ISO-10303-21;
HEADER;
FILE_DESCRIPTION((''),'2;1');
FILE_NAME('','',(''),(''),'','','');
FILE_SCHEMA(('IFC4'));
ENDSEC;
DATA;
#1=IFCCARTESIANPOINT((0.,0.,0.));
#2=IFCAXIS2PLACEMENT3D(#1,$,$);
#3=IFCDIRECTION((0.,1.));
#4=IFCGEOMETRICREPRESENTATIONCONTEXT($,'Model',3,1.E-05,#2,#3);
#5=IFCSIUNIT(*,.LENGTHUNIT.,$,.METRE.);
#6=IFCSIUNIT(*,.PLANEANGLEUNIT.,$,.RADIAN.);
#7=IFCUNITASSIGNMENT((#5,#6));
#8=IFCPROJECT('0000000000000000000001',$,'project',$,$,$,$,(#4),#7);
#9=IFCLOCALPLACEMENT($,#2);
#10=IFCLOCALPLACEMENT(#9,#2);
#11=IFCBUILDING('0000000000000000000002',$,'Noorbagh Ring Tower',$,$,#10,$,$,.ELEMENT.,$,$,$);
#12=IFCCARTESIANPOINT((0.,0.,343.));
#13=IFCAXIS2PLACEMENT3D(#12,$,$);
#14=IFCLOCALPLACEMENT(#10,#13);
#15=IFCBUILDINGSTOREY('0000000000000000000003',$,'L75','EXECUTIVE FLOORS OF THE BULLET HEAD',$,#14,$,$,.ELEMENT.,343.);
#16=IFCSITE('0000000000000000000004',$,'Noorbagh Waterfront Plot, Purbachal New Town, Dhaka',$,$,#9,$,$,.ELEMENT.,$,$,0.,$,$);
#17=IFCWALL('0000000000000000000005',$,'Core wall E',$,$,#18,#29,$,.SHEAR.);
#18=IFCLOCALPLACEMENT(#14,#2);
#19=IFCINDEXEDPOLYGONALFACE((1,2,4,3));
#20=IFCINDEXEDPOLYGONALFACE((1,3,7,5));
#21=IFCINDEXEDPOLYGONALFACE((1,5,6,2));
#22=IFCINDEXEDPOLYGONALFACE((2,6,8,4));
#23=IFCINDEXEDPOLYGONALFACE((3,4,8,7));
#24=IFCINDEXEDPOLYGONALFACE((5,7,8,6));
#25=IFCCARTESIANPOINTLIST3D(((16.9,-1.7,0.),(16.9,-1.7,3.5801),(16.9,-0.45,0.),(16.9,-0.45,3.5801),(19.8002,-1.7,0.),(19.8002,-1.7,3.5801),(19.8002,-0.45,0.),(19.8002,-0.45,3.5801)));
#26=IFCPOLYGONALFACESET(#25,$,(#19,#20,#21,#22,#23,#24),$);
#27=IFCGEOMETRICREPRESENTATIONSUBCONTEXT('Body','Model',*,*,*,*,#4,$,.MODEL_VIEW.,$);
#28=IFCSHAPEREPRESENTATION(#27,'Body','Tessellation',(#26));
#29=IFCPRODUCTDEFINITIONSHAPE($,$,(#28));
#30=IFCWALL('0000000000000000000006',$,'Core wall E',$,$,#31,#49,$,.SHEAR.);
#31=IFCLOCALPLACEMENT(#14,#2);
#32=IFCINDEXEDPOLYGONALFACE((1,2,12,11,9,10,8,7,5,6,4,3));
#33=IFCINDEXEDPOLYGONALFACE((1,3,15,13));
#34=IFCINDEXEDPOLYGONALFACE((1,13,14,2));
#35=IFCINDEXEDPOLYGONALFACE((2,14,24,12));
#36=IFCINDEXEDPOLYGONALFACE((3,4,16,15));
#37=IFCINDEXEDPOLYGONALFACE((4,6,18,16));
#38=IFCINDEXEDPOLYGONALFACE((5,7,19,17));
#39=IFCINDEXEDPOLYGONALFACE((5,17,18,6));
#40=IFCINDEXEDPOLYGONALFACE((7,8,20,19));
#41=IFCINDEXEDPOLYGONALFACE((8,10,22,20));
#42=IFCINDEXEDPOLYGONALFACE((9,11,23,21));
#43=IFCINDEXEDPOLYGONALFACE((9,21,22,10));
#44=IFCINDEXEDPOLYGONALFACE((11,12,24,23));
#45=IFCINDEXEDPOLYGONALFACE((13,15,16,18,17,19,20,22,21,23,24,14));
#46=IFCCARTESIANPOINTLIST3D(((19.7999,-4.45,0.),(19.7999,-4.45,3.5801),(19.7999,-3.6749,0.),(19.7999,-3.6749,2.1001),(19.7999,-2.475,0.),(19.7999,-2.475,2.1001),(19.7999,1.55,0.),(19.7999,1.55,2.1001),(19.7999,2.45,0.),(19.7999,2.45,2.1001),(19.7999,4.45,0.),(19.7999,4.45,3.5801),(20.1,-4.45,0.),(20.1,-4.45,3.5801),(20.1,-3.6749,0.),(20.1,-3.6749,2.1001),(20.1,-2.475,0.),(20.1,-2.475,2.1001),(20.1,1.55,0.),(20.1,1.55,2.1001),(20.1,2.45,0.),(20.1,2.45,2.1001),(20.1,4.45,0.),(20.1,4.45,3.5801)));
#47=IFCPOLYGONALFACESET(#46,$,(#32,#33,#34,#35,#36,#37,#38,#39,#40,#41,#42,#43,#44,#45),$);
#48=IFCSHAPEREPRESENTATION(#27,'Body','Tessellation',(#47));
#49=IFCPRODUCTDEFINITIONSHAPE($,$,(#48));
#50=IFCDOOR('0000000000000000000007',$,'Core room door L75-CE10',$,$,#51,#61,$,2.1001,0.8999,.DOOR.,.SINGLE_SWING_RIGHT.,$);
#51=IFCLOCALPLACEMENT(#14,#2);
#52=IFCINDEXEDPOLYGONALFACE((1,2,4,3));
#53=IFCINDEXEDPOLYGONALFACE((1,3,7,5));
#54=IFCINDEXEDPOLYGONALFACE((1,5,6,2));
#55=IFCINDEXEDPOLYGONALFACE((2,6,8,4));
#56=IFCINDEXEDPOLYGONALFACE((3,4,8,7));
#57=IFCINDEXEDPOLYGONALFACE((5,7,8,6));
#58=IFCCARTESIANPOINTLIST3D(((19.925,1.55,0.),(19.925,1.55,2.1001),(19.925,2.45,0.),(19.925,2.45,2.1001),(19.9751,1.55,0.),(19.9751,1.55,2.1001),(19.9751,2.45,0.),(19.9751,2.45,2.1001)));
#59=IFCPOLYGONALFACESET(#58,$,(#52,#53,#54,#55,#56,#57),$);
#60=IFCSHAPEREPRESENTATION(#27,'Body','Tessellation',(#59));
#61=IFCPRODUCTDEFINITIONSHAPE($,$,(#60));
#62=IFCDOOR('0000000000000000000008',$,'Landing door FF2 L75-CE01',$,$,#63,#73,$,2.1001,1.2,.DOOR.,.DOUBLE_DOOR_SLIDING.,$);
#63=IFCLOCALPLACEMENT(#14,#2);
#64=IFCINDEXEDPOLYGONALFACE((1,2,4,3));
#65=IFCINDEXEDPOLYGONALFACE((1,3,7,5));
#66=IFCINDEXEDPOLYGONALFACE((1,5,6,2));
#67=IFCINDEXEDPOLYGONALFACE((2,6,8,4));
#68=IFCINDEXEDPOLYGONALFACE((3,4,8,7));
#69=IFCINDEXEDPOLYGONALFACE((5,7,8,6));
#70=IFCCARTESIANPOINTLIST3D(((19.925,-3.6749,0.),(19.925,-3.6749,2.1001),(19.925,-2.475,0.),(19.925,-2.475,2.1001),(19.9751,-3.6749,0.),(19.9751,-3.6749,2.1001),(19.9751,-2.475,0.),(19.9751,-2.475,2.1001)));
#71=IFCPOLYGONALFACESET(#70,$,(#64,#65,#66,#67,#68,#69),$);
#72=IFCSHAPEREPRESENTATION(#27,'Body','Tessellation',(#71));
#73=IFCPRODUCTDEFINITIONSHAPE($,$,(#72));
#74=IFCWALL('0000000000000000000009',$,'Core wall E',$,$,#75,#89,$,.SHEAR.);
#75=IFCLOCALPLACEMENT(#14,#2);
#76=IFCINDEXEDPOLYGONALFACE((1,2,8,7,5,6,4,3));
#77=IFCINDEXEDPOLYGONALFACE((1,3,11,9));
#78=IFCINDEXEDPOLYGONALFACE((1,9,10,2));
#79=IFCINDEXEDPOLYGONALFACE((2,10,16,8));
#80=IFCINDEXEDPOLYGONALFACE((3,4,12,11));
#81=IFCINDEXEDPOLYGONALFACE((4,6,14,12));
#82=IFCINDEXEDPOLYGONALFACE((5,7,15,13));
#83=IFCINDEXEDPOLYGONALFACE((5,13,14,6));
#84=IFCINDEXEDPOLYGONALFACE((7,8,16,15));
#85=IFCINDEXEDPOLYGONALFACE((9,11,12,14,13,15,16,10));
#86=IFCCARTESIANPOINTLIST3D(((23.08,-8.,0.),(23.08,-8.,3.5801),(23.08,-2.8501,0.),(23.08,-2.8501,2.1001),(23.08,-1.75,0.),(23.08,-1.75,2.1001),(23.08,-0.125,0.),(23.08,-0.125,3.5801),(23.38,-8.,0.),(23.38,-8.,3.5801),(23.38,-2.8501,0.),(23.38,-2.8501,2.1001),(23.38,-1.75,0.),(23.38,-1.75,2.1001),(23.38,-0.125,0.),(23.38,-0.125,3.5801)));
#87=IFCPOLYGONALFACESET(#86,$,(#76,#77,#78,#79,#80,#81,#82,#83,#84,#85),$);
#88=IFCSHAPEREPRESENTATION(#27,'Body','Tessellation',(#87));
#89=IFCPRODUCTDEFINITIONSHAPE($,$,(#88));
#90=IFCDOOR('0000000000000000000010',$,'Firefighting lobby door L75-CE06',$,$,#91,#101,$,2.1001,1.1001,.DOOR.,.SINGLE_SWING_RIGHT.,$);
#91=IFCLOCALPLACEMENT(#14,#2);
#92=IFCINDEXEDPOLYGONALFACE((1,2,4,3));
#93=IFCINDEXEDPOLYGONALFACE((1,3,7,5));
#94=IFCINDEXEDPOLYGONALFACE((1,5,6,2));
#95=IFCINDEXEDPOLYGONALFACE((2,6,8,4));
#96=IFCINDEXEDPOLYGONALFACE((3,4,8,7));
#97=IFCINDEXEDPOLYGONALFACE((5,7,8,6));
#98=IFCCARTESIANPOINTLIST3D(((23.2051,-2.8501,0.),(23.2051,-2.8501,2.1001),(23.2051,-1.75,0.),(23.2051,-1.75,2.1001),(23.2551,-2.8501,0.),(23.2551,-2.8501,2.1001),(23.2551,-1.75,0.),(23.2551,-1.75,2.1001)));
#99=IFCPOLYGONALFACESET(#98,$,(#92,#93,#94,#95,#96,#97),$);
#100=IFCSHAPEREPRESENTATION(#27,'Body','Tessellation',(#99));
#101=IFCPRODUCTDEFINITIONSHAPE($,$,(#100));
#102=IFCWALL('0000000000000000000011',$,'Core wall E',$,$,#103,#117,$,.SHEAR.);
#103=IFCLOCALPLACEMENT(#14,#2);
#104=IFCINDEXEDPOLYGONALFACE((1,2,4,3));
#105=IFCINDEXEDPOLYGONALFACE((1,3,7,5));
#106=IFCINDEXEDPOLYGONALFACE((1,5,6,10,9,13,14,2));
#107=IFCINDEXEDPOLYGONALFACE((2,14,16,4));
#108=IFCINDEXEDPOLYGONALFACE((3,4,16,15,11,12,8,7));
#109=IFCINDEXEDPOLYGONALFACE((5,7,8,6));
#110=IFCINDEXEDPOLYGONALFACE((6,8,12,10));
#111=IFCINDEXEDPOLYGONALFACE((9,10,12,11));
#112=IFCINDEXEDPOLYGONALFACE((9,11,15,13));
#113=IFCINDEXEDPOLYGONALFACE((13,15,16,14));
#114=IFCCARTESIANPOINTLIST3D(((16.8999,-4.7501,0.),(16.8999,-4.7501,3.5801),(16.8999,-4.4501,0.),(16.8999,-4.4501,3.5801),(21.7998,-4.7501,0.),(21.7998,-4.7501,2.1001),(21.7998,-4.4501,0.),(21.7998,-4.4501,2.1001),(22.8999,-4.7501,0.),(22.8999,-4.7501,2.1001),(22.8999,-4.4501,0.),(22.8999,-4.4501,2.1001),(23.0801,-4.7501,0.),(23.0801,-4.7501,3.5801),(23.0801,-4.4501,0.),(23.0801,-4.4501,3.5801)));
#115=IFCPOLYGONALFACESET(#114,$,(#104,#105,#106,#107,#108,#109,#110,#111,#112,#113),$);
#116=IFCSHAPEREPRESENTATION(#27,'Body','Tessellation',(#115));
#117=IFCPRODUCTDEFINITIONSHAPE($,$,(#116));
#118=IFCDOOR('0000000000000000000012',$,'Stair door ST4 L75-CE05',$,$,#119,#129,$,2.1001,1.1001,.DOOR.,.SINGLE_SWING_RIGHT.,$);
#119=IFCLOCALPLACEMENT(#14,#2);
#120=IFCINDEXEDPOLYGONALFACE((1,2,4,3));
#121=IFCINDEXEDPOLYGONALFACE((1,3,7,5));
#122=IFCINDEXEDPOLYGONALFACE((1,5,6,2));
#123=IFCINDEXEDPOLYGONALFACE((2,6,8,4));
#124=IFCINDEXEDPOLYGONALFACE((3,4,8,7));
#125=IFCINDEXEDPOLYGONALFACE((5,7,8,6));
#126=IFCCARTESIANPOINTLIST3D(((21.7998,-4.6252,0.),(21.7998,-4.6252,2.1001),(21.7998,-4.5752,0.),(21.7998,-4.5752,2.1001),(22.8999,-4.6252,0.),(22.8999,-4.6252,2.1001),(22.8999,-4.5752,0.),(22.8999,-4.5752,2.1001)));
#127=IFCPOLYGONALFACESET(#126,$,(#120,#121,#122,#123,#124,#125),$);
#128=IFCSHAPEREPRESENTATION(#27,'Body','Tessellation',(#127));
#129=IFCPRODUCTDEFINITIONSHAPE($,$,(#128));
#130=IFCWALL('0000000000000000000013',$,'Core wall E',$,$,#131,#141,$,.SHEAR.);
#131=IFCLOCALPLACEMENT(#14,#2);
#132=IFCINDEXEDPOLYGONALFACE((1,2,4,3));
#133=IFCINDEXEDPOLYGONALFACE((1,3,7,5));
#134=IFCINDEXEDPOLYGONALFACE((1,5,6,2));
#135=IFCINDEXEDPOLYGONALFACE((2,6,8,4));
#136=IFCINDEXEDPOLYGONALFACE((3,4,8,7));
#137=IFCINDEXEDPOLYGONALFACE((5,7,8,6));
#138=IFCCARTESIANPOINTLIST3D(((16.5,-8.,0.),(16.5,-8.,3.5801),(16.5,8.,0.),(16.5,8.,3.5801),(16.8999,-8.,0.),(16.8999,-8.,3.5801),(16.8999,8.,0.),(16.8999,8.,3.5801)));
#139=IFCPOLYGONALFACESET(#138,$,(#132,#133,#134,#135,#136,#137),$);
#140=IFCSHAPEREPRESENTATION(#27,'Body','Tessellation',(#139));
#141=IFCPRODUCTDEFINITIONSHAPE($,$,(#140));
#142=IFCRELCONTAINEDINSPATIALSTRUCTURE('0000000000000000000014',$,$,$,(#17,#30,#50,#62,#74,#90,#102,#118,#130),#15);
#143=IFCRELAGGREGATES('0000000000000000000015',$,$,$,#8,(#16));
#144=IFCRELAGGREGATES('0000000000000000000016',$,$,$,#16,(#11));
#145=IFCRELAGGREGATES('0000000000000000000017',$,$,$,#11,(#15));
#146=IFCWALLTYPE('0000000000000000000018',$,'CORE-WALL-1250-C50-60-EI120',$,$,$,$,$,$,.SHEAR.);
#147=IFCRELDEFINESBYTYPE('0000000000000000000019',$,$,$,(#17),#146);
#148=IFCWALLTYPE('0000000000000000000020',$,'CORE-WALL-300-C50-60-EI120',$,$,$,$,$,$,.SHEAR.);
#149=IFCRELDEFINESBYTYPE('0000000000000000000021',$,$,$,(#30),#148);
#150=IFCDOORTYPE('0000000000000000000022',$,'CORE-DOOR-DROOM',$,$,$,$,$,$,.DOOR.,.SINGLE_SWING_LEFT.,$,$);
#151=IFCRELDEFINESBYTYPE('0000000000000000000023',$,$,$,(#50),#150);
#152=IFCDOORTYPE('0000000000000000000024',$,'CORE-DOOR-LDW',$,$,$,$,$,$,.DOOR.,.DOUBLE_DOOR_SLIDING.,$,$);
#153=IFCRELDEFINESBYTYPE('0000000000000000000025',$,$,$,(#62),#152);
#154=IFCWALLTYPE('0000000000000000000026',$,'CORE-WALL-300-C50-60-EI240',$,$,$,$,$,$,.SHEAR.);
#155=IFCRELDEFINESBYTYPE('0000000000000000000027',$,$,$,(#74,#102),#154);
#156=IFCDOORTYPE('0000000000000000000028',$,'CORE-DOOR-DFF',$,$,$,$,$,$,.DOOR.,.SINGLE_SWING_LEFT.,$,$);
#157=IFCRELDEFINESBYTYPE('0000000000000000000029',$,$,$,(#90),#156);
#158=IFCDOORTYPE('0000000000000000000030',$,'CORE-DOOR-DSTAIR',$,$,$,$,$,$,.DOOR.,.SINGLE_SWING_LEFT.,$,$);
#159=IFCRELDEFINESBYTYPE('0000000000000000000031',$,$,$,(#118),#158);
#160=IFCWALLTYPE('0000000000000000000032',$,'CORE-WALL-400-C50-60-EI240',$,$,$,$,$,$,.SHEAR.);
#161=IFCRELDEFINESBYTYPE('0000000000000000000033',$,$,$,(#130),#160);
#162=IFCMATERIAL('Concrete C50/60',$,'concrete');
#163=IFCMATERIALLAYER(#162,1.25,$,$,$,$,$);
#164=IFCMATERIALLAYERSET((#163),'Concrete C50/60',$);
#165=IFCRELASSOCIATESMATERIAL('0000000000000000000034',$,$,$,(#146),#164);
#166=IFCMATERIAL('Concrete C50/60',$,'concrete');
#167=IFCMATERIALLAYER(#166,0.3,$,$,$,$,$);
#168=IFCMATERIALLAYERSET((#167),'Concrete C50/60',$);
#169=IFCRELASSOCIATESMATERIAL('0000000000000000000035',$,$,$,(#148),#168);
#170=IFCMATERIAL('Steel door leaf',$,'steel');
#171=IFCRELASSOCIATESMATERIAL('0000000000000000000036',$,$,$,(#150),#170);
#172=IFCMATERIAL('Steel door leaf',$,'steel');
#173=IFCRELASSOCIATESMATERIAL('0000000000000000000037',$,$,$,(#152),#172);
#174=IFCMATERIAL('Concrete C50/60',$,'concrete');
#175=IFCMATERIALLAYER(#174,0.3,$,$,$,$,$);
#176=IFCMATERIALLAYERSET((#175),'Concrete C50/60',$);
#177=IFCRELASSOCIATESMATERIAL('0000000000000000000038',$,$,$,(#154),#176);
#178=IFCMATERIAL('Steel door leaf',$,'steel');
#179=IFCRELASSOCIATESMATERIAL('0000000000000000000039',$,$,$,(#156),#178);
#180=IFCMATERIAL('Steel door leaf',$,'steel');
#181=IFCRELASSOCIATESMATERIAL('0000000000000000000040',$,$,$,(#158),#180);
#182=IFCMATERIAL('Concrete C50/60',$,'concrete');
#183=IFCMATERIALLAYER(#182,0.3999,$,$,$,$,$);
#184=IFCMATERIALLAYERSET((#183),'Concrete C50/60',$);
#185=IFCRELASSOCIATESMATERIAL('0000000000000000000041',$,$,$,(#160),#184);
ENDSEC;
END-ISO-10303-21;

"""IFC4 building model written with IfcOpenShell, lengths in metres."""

from ifc_helpers import new_model, si_unit, direction, frame, frame_2d, origin, place, context, subcontext, project, spatial, rectangle, extrude, material, layer, layer_set, type_object, element, fill, save


model = new_model("IFC4")

# Units and contexts
model_context = context("Model", 3, precision=1e-05, world=origin(), true_north=direction((0.0, 1.0)))
body_context = subcontext(model_context, "Body", "Model", "MODEL_VIEW")
ifc_project = project(units=[si_unit("LENGTHUNIT", "METRE"), si_unit("PLANEANGLEUNIT", "RADIAN")], contexts=[model_context])

# Site, building, storey
site_placement = place(None, origin())
site = spatial("IfcSite", under=ifc_project, at=site_placement, Name="Noorbagh Waterfront Plot, Purbachal New Town, Dhaka", CompositionType="ELEMENT", RefElevation=0.0)
building_placement = place(site_placement, origin())
building = spatial("IfcBuilding", under=site, at=building_placement, Name="Noorbagh Ring Tower", CompositionType="ELEMENT")
storey_placement = place(building_placement, frame((0.0, 0.0, 343.0)))
storey = spatial("IfcBuildingStorey", under=building, at=storey_placement, Name="L75", Description="EXECUTIVE FLOORS OF THE BULLET HEAD", CompositionType="ELEMENT", Elevation=343.0)

# Wall
ifc_material_1 = material(Name="Concrete C50/60", Category="concrete")
ifc_layer_1 = layer(ifc_material_1, 1.25)
ifc_layer_set_1 = layer_set([ifc_layer_1], Name="Concrete C50/60")
wall_type_1 = type_object("IfcWallType", Name="CORE-WALL-1250-C50-60-EI120", PredefinedType="SHEAR", material=ifc_layer_set_1)
wall_1_placement = place(storey_placement, frame((16.8999, -1.075, 0.0), z_axis=(0.0, 0.0, 1.0), x_axis=(1.0, 0.0, 0.0)))
element("IfcWall", 1, at=wall_1_placement, inside=storey, type_object=wall_type_1, Name="Core wall E", PredefinedType="SHEAR", context=body_context, shape_type="SweptSolid", body=[
    extrude(rectangle(XDim=2.9001, YDim=1.25, at=frame_2d((1.4502, 0.0))), origin(), (0.0, 0.0, 1.0), 3.5801),
])

# Wall, openings, doors
ifc_material_2 = material(Name="Concrete C50/60", Category="concrete")
ifc_layer_2 = layer(ifc_material_2, 0.3)
ifc_layer_set_2 = layer_set([ifc_layer_2], Name="Concrete C50/60")
wall_type_2 = type_object("IfcWallType", Name="CORE-WALL-300-C50-60-EI120", PredefinedType="SHEAR", material=ifc_layer_set_2)
wall_2_placement = place(storey_placement, frame((19.95, -4.45, 0.0), z_axis=(0.0, 0.0, 1.0), x_axis=(0.0, 1.0, 0.0)))
wall_2 = element("IfcWall", 2, at=wall_2_placement, inside=storey, type_object=wall_type_2, Name="Core wall E", PredefinedType="SHEAR", context=body_context, shape_type="SweptSolid", body=[
    extrude(rectangle(XDim=8.8999, YDim=0.3, at=frame_2d((4.45, 0.0))), origin(), (0.0, 0.0, 1.0), 3.5801),
])
opening_1_placement = place(wall_2_placement, frame((0.7749, 0.0, 0.0)))
opening_1 = element("IfcOpeningElement", 3, at=opening_1_placement, cuts=wall_2, PredefinedType="OPENING", context=body_context, shape_type="SweptSolid", body=[
    extrude(rectangle(XDim=1.2, YDim=2.1001, at=frame_2d((0.6001, 1.05))), frame((0.0, 0.1602, 0.0), z_axis=(0.0, -1.0, 0.0), x_axis=(1.0, 0.0, 0.0)), (0.0, 0.0, 1.0), 0.3201),
])
opening_2_placement = place(wall_2_placement, frame((6.0, 0.0, 0.0)))
opening_2 = element("IfcOpeningElement", 4, at=opening_2_placement, cuts=wall_2, PredefinedType="OPENING", context=body_context, shape_type="SweptSolid", body=[
    extrude(rectangle(XDim=0.8999, YDim=2.1001, at=frame_2d((0.45, 1.05))), frame((0.0, 0.1602, 0.0), z_axis=(0.0, -1.0, 0.0), x_axis=(1.0, 0.0, 0.0)), (0.0, 0.0, 1.0), 0.3201),
])
ifc_material_3 = material(Name="Steel door leaf", Category="steel")
door_type_1 = type_object("IfcDoorType", Name="CORE-DOOR-DROOM", OperationType="SINGLE_SWING_LEFT", PredefinedType="DOOR", material=ifc_material_3)
door_1_placement = place(opening_2_placement, origin())
door_1 = element("IfcDoor", 5, at=door_1_placement, inside=storey, type_object=door_type_1, Name="Core room door L75-CE10", OperationType="SINGLE_SWING_RIGHT", OverallHeight=2.1001, OverallWidth=0.8999, PredefinedType="DOOR", context=body_context, shape_type="SweptSolid", body=[
    extrude(rectangle(XDim=0.8999, YDim=2.1001, at=frame_2d((0.45, 1.05))), frame((0.0, 0.0249, 0.0), z_axis=(0.0, -1.0, 0.0), x_axis=(1.0, 0.0, 0.0)), (0.0, 0.0, 1.0), 0.05),
])
fill(opening_2, door_1)
ifc_material_4 = material(Name="Steel door leaf", Category="steel")
door_type_2 = type_object("IfcDoorType", Name="CORE-DOOR-LDW", OperationType="DOUBLE_DOOR_SLIDING", PredefinedType="DOOR", material=ifc_material_4)
door_2_placement = place(opening_1_placement, origin())
door_2 = element("IfcDoor", 6, at=door_2_placement, inside=storey, type_object=door_type_2, Name="Landing door FF2 L75-CE01", OperationType="DOUBLE_DOOR_SLIDING", OverallHeight=2.1001, OverallWidth=1.2, PredefinedType="DOOR", context=body_context, shape_type="SweptSolid", body=[
    extrude(rectangle(XDim=1.2, YDim=2.1001, at=frame_2d((0.6001, 1.05))), frame((0.0, 0.0249, 0.0), z_axis=(0.0, -1.0, 0.0), x_axis=(1.0, 0.0, 0.0)), (0.0, 0.0, 1.0), 0.05),
])
fill(opening_1, door_2)

# Walls, openings, doors
ifc_material_5 = material(Name="Concrete C50/60", Category="concrete")
ifc_layer_3 = layer(ifc_material_5, 0.3)
ifc_layer_set_3 = layer_set([ifc_layer_3], Name="Concrete C50/60")
wall_type_3 = type_object("IfcWallType", Name="CORE-WALL-300-C50-60-EI240", PredefinedType="SHEAR", material=ifc_layer_set_3)
wall_3_placement = place(storey_placement, frame((23.23, -8.0, 0.0), z_axis=(0.0, 0.0, 1.0), x_axis=(0.0, 1.0, 0.0)))
wall_3 = element("IfcWall", 7, at=wall_3_placement, inside=storey, type_object=wall_type_3, Name="Core wall E", PredefinedType="SHEAR", context=body_context, shape_type="SweptSolid", body=[
    extrude(rectangle(XDim=7.875, YDim=0.3, at=frame_2d((3.9375, 0.0))), origin(), (0.0, 0.0, 1.0), 3.5801),
])
opening_3_placement = place(wall_3_placement, frame((5.1499, 0.0, 0.0)))
opening_3 = element("IfcOpeningElement", 8, at=opening_3_placement, cuts=wall_3, PredefinedType="OPENING", context=body_context, shape_type="SweptSolid", body=[
    extrude(rectangle(XDim=1.1001, YDim=2.1001, at=frame_2d((0.55, 1.05))), frame((0.0, 0.1602, 0.0), z_axis=(0.0, -1.0, 0.0), x_axis=(1.0, 0.0, 0.0)), (0.0, 0.0, 1.0), 0.3201),
])
ifc_material_6 = material(Name="Steel door leaf", Category="steel")
door_type_3 = type_object("IfcDoorType", Name="CORE-DOOR-DFF", OperationType="SINGLE_SWING_LEFT", PredefinedType="DOOR", material=ifc_material_6)
door_3_placement = place(opening_3_placement, origin())
door_3 = element("IfcDoor", 9, at=door_3_placement, inside=storey, type_object=door_type_3, Name="Firefighting lobby door L75-CE06", OperationType="SINGLE_SWING_RIGHT", OverallHeight=2.1001, OverallWidth=1.1001, PredefinedType="DOOR", context=body_context, shape_type="SweptSolid", body=[
    extrude(rectangle(XDim=1.1001, YDim=2.1001, at=frame_2d((0.55, 1.05))), frame((0.0, 0.0249, 0.0), z_axis=(0.0, -1.0, 0.0), x_axis=(1.0, 0.0, 0.0)), (0.0, 0.0, 1.0), 0.05),
])
fill(opening_3, door_3)
wall_4_placement = place(storey_placement, frame((16.8999, -4.6001, 0.0), z_axis=(0.0, 0.0, 1.0), x_axis=(1.0, 0.0, 0.0)))
wall_4 = element("IfcWall", 10, at=wall_4_placement, inside=storey, type_object=wall_type_3, Name="Core wall E", PredefinedType="SHEAR", context=body_context, shape_type="SweptSolid", body=[
    extrude(rectangle(XDim=6.1802, YDim=0.3, at=frame_2d((3.0901, 0.0))), origin(), (0.0, 0.0, 1.0), 3.5801),
])
opening_4_placement = place(wall_4_placement, frame((4.8999, 0.0, 0.0)))
opening_4 = element("IfcOpeningElement", 11, at=opening_4_placement, cuts=wall_4, PredefinedType="OPENING", context=body_context, shape_type="SweptSolid", body=[
    extrude(rectangle(XDim=1.1001, YDim=2.1001, at=frame_2d((0.55, 1.05))), frame((0.0, 0.1602, 0.0), z_axis=(0.0, -1.0, 0.0), x_axis=(1.0, 0.0, 0.0)), (0.0, 0.0, 1.0), 0.3201),
])
ifc_material_7 = material(Name="Steel door leaf", Category="steel")
door_type_4 = type_object("IfcDoorType", Name="CORE-DOOR-DSTAIR", OperationType="SINGLE_SWING_LEFT", PredefinedType="DOOR", material=ifc_material_7)
door_4_placement = place(opening_4_placement, origin())
door_4 = element("IfcDoor", 12, at=door_4_placement, inside=storey, type_object=door_type_4, Name="Stair door ST4 L75-CE05", OperationType="SINGLE_SWING_RIGHT", OverallHeight=2.1001, OverallWidth=1.1001, PredefinedType="DOOR", context=body_context, shape_type="SweptSolid", body=[
    extrude(rectangle(XDim=1.1001, YDim=2.1001, at=frame_2d((0.55, 1.05))), frame((0.0, 0.0249, 0.0), z_axis=(0.0, -1.0, 0.0), x_axis=(1.0, 0.0, 0.0)), (0.0, 0.0, 1.0), 0.05),
])
fill(opening_4, door_4)

# Wall
ifc_material_8 = material(Name="Concrete C50/60", Category="concrete")
ifc_layer_4 = layer(ifc_material_8, 0.3999)
ifc_layer_set_4 = layer_set([ifc_layer_4], Name="Concrete C50/60")
wall_type_4 = type_object("IfcWallType", Name="CORE-WALL-400-C50-60-EI240", PredefinedType="SHEAR", material=ifc_layer_set_4)
wall_5_placement = place(storey_placement, frame((16.7, -8.0, 0.0), z_axis=(0.0, 0.0, 1.0), x_axis=(0.0, 1.0, 0.0)))
element("IfcWall", 13, at=wall_5_placement, inside=storey, type_object=wall_type_4, Name="Core wall E", PredefinedType="SHEAR", context=body_context, shape_type="SweptSolid", body=[
    extrude(rectangle(XDim=16.0, YDim=0.3999, at=frame_2d((8.0, 0.0))), origin(), (0.0, 0.0, 1.0), 3.5801),
])

save(model, "model.ifc")
